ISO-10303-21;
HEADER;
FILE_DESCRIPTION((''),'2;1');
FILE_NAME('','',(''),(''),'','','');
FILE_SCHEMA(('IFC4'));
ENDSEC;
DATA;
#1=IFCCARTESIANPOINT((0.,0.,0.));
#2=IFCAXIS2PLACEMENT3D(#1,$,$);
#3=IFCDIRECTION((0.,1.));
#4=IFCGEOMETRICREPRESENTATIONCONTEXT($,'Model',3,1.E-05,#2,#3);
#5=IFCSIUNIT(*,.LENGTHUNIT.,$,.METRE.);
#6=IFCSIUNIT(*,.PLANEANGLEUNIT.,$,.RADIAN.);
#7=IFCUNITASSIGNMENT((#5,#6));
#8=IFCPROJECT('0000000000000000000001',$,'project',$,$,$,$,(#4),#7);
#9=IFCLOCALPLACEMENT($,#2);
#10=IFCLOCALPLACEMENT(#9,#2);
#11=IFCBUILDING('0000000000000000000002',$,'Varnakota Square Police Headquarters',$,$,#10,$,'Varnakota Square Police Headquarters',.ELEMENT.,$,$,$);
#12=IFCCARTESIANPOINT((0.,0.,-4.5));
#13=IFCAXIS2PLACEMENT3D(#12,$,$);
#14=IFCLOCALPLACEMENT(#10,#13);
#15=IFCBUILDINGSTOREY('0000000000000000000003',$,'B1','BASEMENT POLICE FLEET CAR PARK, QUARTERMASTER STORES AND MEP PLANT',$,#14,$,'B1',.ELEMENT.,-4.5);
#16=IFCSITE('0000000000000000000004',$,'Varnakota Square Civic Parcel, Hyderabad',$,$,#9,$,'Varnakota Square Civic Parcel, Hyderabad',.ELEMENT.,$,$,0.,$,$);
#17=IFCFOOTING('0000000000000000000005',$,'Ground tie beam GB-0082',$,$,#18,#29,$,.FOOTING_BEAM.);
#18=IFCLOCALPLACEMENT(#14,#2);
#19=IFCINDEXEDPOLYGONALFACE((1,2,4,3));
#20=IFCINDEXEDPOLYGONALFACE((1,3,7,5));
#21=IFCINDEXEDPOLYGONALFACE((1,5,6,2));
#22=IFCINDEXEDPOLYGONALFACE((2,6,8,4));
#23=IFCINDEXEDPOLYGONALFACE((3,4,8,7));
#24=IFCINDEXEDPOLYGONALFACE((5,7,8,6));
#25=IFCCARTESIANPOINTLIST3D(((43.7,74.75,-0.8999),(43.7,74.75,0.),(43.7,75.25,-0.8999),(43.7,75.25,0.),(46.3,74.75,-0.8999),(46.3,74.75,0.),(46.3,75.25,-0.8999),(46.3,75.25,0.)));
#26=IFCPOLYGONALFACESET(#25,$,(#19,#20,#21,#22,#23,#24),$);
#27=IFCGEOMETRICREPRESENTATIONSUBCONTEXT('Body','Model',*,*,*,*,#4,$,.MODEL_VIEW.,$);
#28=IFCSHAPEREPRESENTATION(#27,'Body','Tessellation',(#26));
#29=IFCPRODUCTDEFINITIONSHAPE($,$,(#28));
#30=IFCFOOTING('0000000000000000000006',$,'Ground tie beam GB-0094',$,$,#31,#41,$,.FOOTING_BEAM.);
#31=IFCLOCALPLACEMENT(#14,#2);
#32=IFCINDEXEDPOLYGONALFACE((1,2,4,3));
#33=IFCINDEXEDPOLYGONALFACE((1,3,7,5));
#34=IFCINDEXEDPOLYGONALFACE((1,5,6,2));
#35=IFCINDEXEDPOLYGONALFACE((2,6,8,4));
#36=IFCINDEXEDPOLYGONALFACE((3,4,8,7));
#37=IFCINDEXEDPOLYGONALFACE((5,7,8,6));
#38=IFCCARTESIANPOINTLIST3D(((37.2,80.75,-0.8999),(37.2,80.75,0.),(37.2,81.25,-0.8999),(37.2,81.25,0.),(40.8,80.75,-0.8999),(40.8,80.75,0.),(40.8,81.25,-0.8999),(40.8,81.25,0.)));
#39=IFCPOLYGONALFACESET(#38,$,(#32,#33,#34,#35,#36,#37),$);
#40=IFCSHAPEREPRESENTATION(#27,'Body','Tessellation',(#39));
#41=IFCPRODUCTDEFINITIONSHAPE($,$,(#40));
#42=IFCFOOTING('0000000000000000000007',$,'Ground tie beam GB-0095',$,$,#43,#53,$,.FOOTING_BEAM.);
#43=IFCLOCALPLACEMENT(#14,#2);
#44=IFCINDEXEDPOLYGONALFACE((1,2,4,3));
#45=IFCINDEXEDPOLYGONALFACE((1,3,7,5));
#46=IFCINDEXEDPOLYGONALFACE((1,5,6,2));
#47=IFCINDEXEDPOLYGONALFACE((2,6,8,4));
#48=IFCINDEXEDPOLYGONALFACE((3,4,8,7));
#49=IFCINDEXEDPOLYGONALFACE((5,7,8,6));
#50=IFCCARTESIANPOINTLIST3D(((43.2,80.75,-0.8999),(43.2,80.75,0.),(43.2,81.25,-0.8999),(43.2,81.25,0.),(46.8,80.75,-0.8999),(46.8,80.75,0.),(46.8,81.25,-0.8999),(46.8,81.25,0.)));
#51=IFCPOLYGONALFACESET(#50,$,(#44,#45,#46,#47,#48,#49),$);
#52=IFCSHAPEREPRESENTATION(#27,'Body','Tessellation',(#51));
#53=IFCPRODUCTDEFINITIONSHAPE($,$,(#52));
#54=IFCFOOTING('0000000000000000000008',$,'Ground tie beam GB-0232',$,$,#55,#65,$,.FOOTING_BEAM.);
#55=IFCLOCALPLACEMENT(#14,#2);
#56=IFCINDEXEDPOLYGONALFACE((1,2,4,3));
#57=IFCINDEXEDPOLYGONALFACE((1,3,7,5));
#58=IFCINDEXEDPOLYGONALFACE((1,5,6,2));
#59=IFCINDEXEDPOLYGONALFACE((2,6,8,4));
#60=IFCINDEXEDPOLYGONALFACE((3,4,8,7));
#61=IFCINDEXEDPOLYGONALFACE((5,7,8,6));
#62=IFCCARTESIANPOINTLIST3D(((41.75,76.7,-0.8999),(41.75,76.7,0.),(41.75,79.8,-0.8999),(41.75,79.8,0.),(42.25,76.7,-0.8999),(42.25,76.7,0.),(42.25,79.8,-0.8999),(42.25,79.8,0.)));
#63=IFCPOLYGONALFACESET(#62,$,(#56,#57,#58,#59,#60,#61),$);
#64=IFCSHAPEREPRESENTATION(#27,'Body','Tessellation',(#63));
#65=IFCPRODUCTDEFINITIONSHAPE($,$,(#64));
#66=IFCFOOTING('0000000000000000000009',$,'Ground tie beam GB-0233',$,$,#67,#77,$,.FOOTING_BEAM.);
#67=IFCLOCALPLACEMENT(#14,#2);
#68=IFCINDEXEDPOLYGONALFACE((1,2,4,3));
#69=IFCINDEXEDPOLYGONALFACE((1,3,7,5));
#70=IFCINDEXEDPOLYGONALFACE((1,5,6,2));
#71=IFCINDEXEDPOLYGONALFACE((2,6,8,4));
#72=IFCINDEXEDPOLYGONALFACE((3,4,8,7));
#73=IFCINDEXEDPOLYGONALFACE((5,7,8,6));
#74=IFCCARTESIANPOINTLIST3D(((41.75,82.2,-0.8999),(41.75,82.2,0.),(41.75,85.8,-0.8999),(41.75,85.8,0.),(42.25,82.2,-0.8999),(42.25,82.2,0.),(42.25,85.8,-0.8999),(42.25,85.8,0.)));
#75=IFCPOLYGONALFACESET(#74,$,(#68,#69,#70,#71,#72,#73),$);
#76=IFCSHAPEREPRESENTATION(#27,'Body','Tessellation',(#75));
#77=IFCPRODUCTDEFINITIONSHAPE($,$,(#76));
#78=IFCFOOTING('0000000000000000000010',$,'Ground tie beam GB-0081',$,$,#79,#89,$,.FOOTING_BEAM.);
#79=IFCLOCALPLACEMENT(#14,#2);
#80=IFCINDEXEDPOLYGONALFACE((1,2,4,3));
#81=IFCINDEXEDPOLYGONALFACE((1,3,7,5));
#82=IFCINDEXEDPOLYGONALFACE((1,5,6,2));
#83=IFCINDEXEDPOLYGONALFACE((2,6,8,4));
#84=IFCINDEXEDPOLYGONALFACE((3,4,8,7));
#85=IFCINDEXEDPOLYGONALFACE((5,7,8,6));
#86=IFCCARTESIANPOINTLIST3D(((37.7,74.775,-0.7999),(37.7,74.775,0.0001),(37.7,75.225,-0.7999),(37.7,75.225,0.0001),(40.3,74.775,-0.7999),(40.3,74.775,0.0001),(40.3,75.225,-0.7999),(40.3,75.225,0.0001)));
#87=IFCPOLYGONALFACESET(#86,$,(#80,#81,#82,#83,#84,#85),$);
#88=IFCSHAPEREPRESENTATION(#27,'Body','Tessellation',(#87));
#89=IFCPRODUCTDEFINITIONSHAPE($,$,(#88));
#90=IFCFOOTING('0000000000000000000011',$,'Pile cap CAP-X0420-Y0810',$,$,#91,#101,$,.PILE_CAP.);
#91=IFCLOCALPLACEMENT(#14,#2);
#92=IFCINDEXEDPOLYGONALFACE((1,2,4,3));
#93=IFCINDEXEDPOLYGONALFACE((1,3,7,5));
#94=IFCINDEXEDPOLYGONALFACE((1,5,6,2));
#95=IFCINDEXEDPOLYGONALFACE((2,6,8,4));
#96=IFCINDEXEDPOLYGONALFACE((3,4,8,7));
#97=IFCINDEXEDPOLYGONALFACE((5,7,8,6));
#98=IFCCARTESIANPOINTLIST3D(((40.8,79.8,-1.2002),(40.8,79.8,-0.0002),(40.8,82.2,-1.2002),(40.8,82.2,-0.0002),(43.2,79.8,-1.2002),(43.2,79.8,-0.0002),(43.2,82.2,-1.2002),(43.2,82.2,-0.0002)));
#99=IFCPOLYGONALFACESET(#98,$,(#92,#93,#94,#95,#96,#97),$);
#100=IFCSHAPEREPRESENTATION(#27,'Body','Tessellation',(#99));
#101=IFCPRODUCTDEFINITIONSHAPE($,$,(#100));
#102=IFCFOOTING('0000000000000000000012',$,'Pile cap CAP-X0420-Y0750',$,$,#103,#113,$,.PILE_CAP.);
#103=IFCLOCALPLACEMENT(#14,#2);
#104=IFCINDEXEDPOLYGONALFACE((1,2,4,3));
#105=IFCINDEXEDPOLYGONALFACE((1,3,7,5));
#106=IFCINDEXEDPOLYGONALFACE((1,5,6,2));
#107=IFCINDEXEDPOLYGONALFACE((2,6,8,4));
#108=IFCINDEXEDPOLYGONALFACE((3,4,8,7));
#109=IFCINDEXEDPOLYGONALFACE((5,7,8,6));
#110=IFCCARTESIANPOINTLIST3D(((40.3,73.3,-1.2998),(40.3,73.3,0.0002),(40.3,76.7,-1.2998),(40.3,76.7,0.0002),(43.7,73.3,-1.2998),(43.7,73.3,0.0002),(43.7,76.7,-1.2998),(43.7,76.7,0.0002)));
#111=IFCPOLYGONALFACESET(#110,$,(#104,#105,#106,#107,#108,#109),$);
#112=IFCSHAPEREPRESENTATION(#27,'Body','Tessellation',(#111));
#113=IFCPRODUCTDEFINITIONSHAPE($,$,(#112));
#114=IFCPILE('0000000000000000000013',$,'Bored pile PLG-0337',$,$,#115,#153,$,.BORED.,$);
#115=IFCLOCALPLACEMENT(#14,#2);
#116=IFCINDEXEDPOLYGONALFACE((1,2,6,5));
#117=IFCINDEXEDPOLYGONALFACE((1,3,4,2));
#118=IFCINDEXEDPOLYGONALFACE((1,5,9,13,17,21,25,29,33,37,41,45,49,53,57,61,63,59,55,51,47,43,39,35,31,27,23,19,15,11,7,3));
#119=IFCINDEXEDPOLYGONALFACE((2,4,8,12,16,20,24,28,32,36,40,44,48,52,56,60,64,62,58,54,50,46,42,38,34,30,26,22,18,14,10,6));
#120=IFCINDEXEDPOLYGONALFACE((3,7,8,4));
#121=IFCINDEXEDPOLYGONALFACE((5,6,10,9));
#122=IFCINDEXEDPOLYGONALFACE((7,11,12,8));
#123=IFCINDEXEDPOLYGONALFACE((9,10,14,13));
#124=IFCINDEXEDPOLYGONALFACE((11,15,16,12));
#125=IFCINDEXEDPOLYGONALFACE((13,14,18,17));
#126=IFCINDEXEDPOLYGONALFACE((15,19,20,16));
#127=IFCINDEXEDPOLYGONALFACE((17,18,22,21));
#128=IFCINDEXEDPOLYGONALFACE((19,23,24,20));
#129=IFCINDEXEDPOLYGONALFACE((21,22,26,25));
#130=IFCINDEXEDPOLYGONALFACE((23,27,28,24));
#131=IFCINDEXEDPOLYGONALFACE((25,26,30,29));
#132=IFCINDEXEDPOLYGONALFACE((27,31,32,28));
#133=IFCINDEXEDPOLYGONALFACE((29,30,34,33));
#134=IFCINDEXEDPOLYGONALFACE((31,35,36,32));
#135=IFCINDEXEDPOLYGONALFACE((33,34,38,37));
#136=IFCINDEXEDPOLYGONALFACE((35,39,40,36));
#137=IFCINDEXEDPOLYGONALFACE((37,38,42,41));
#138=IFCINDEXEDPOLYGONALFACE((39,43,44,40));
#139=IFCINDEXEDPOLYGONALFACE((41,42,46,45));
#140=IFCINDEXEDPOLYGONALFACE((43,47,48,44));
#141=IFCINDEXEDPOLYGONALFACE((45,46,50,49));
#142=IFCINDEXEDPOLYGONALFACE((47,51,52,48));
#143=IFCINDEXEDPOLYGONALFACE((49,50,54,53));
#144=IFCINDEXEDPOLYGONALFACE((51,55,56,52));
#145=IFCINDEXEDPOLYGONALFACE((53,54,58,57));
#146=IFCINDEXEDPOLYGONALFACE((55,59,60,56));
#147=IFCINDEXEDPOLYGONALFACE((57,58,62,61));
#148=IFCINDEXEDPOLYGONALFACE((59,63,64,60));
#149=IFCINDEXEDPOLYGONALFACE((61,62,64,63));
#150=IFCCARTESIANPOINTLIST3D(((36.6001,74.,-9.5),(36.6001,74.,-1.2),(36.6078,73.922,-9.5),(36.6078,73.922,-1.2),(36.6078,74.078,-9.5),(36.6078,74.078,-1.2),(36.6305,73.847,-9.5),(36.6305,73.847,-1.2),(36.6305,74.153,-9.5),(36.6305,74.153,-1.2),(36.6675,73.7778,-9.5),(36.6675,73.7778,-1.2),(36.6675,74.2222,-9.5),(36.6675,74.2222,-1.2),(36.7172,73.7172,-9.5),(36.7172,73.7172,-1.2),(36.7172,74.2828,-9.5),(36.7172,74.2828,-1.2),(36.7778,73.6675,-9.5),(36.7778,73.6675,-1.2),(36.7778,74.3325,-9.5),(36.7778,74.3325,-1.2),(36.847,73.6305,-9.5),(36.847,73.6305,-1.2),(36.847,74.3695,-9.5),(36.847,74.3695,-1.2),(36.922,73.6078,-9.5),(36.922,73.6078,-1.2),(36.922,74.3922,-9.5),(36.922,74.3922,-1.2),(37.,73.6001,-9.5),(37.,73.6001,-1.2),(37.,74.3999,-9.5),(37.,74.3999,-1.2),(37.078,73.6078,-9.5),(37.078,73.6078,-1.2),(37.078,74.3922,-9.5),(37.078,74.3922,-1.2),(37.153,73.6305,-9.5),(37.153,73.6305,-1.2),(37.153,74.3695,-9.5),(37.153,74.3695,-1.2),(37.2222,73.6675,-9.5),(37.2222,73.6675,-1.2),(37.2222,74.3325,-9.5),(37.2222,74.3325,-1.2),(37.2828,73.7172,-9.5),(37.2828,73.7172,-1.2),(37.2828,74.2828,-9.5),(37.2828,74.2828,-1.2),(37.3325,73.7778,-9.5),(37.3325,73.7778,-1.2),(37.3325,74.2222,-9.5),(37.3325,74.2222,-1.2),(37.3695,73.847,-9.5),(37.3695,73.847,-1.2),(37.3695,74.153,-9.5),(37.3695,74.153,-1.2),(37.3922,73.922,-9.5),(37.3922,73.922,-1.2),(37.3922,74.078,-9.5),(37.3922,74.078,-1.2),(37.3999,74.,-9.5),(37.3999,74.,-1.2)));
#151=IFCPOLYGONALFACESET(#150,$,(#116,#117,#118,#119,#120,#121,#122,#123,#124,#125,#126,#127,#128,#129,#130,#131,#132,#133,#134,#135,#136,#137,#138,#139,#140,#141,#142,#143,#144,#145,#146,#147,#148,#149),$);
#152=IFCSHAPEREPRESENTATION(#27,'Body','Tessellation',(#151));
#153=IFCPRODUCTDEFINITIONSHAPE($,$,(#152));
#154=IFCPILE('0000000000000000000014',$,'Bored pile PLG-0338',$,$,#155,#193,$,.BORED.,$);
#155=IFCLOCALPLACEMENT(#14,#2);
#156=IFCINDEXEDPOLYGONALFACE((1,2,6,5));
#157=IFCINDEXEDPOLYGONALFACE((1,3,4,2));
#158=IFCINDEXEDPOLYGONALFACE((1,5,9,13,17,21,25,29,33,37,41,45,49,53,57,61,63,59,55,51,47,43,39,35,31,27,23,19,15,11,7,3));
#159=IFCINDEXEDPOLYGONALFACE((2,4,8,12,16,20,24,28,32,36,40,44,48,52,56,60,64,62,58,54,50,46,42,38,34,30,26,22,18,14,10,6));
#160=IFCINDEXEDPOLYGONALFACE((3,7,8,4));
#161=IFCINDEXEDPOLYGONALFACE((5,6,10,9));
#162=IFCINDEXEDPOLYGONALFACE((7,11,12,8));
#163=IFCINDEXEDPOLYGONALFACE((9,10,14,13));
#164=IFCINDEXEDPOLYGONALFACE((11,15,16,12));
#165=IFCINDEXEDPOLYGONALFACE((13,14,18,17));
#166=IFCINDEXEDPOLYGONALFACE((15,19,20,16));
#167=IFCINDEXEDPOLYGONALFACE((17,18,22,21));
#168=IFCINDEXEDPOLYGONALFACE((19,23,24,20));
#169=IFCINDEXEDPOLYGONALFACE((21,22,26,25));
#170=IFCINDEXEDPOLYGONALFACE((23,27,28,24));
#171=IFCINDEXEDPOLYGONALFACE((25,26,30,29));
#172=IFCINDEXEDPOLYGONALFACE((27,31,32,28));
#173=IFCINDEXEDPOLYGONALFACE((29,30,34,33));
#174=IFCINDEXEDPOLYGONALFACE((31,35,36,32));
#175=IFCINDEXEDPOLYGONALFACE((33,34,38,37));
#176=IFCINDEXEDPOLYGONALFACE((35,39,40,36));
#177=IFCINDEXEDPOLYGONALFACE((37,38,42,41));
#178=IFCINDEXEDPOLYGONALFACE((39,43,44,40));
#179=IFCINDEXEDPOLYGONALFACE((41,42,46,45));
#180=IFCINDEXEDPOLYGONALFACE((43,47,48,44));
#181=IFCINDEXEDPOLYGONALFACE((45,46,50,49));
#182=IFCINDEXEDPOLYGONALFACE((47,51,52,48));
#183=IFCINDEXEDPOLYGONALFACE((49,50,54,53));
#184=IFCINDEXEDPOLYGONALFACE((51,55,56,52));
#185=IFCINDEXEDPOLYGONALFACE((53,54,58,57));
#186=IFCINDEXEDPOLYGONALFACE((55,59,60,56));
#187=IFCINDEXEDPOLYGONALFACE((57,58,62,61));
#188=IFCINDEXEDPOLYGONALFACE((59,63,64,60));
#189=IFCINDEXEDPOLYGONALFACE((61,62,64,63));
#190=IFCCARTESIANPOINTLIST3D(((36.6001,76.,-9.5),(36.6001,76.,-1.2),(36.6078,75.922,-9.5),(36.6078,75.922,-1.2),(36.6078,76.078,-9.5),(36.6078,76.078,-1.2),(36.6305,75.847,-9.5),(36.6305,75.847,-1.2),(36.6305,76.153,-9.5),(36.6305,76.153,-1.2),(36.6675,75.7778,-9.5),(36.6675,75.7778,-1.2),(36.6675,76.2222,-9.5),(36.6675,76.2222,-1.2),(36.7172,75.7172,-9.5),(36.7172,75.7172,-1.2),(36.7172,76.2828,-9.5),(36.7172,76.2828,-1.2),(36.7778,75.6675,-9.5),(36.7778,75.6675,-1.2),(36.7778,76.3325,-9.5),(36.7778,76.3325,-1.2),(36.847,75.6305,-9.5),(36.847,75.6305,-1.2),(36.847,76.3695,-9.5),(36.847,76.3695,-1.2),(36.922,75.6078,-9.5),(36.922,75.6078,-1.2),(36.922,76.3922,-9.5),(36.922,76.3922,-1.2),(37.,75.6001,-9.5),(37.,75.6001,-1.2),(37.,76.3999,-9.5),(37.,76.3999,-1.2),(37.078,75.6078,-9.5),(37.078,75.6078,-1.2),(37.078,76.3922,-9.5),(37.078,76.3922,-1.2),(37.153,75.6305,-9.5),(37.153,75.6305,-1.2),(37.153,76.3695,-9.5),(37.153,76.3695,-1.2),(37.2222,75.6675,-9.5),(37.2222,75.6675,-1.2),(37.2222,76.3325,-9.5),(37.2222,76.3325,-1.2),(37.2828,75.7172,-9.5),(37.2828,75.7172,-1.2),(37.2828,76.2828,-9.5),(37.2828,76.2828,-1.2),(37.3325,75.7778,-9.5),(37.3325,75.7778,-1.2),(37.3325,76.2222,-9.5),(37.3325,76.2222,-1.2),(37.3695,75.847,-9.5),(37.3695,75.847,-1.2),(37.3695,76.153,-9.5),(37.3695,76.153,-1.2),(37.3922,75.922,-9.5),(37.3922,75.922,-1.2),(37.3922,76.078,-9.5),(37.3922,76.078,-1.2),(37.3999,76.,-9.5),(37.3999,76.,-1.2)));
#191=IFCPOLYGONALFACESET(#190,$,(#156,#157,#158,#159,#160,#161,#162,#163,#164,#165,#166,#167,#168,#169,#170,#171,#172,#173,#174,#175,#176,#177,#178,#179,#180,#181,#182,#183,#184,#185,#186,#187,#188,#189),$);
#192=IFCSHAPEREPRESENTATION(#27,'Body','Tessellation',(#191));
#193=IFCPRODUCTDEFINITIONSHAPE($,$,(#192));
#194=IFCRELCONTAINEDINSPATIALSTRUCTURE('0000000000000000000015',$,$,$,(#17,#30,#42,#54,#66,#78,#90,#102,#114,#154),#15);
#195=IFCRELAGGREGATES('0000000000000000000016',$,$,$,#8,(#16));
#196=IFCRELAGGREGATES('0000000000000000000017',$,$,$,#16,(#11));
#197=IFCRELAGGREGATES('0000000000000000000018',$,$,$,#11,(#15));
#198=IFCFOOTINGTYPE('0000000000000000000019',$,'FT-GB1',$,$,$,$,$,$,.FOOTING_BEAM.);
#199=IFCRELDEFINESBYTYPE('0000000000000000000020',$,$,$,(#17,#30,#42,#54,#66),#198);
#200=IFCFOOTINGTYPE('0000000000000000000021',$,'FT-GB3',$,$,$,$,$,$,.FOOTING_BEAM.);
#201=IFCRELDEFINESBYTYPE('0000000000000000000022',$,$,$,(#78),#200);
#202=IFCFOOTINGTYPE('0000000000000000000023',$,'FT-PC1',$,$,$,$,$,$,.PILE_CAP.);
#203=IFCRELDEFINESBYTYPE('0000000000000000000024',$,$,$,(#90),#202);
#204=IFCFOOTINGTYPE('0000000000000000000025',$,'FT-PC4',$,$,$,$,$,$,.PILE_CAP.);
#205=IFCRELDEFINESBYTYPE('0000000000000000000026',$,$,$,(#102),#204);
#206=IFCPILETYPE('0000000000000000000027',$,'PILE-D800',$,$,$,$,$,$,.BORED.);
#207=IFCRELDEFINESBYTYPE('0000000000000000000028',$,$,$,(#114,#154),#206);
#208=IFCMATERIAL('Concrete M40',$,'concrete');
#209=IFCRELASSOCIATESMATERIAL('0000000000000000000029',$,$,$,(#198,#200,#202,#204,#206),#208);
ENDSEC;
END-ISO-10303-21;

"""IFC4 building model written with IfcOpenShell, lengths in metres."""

from ifc_helpers import new_model, si_unit, direction, frame, origin, origin_2d, place, context, subcontext, project, spatial, rectangle, circle, extrude, material, material_profile, profile_set, type_object, element, save


model = new_model("IFC4")

# Units and contexts
model_context = context("Model", 3, precision=1e-05, world=origin(), true_north=direction((0.0, 1.0)))
body_context = subcontext(model_context, "Body", "Model", "MODEL_VIEW")
ifc_project = project(units=[si_unit("LENGTHUNIT", "METRE"), si_unit("PLANEANGLEUNIT", "RADIAN")], contexts=[model_context])

# Site, building, storey
site_placement = place(None, origin())
site = spatial("IfcSite", under=ifc_project, at=site_placement, Name="Varnakota Square Civic Parcel, Hyderabad", LongName="Varnakota Square Civic Parcel, Hyderabad", CompositionType="ELEMENT", RefElevation=0.0)
building_placement = place(site_placement, origin())
building = spatial("IfcBuilding", under=site, at=building_placement, Name="Varnakota Square Police Headquarters", LongName="Varnakota Square Police Headquarters", CompositionType="ELEMENT")
storey_placement = place(building_placement, frame((0.0, 0.0, -4.5)))
storey = spatial("IfcBuildingStorey", under=building, at=storey_placement, Name="B1", Description="BASEMENT POLICE FLEET CAR PARK, QUARTERMASTER STORES AND MEP PLANT", LongName="B1", CompositionType="ELEMENT", Elevation=-4.5)

# Footings
ifc_material_1 = material(Name="Concrete M40", Category="concrete")
ifc_material_profile_1 = material_profile(ifc_material_1, rectangle(XDim=0.5, YDim=0.8999, at=origin_2d()), Name="GB 500x900")
ifc_profile_set_1 = profile_set([ifc_material_profile_1], Name="Concrete M40")
footing_type_1 = type_object("IfcFootingType", Name="FT-GB1", PredefinedType="FOOTING_BEAM", material=ifc_profile_set_1)
footing_1_placement = place(storey_placement, frame((43.7, 75.0, -0.45), z_axis=(1.0, 0.0, 0.0), x_axis=(0.0, 1.0, 0.0)))
element("IfcFooting", 1, at=footing_1_placement, inside=storey, type_object=footing_type_1, Name="Ground tie beam GB-0082", PredefinedType="FOOTING_BEAM", context=body_context, shape_type="SweptSolid", body=[
    extrude(rectangle(XDim=0.5, YDim=0.8999, at=origin_2d()), origin(), (0.0, 0.0, 1.0), 2.6001),
])
for number, where, z_axis, x_axis, name in (
    (2, (37.2, 81.0, -0.45), (1.0, 0.0, 0.0), (0.0, 1.0, 0.0), "Ground tie beam GB-0094"),
    (3, (43.2, 81.0, -0.45), (1.0, 0.0, 0.0), (0.0, 1.0, 0.0), "Ground tie beam GB-0095"),
):
    element("IfcFooting", number, at=place(storey_placement, frame(where, z_axis=z_axis, x_axis=x_axis)), inside=storey, type_object=footing_type_1, Name=name, PredefinedType="FOOTING_BEAM", context=body_context, shape_type="SweptSolid", body=[
        extrude(rectangle(XDim=0.5, YDim=0.8999, at=origin_2d()), origin(), (0.0, 0.0, 1.0), 3.6001),
    ])
footing_2_placement = place(storey_placement, frame((42.0, 76.7, -0.45), z_axis=(0.0, 1.0, 0.0), x_axis=(-1.0, 0.0, 0.0)))
element("IfcFooting", 4, at=footing_2_placement, inside=storey, type_object=footing_type_1, Name="Ground tie beam GB-0232", PredefinedType="FOOTING_BEAM", context=body_context, shape_type="SweptSolid", body=[
    extrude(rectangle(XDim=0.5, YDim=0.8999, at=origin_2d()), origin(), (0.0, 0.0, 1.0), 3.1001),
])
footing_3_placement = place(storey_placement, frame((42.0, 82.2, -0.45), z_axis=(0.0, 1.0, 0.0), x_axis=(-1.0, 0.0, 0.0)))
element("IfcFooting", 5, at=footing_3_placement, inside=storey, type_object=footing_type_1, Name="Ground tie beam GB-0233", PredefinedType="FOOTING_BEAM", context=body_context, shape_type="SweptSolid", body=[
    extrude(rectangle(XDim=0.5, YDim=0.8999, at=origin_2d()), origin(), (0.0, 0.0, 1.0), 3.6001),
])
ifc_material_profile_2 = material_profile(ifc_material_1, rectangle(XDim=0.45, YDim=0.8, at=origin_2d()), Name="GB 450x800")
ifc_profile_set_2 = profile_set([ifc_material_profile_2], Name="Concrete M40")
footing_type_2 = type_object("IfcFootingType", Name="FT-GB3", PredefinedType="FOOTING_BEAM", material=ifc_profile_set_2)
footing_4_placement = place(storey_placement, frame((37.7, 75.0, -0.3999), z_axis=(1.0, 0.0, 0.0), x_axis=(0.0, 1.0, 0.0)))
element("IfcFooting", 6, at=footing_4_placement, inside=storey, type_object=footing_type_2, Name="Ground tie beam GB-0081", PredefinedType="FOOTING_BEAM", context=body_context, shape_type="SweptSolid", body=[
    extrude(rectangle(XDim=0.45, YDim=0.8, at=origin_2d()), origin(), (0.0, 0.0, 1.0), 2.6001),
])
footing_type_3 = type_object("IfcFootingType", Name="FT-PC1", PredefinedType="PILE_CAP", material=ifc_material_1)
footing_5_placement = place(storey_placement, frame((42.0, 81.0, -1.2002), z_axis=(0.0, 0.0, 1.0), x_axis=(1.0, 0.0, 0.0)))
element("IfcFooting", 7, at=footing_5_placement, inside=storey, type_object=footing_type_3, Name="Pile cap CAP-X0420-Y0810", PredefinedType="PILE_CAP", context=body_context, shape_type="SweptSolid", body=[
    extrude(rectangle(XDim=2.3999, YDim=2.3999, at=origin_2d()), origin(), (0.0, 0.0, 1.0), 1.2),
])
footing_type_4 = type_object("IfcFootingType", Name="FT-PC4", PredefinedType="PILE_CAP", material=ifc_material_1)
footing_6_placement = place(storey_placement, frame((42.0, 75.0, -1.2998), z_axis=(0.0, 0.0, 1.0), x_axis=(1.0, 0.0, 0.0)))
element("IfcFooting", 8, at=footing_6_placement, inside=storey, type_object=footing_type_4, Name="Pile cap CAP-X0420-Y0750", PredefinedType="PILE_CAP", context=body_context, shape_type="SweptSolid", body=[
    extrude(rectangle(XDim=3.3999, YDim=3.3999, at=origin_2d()), origin(), (0.0, 0.0, 1.0), 1.3),
])

# Piles
ifc_material_profile_3 = material_profile(ifc_material_1, circle(Radius=0.3999, at=origin_2d()), Name="BORED PILE 800")
ifc_profile_set_3 = profile_set([ifc_material_profile_3], Name="Concrete M40")
pile_type = type_object("IfcPileType", Name="PILE-D800", PredefinedType="BORED", material=ifc_profile_set_3)
for number, where, z_axis, x_axis, name in (
    (9, (37.0, 74.0, -1.2), (0.0, 0.0, -1.0), (1.0, 0.0, 0.0), "Bored pile PLG-0337"),
    (10, (37.0, 76.0, -1.2), (0.0, 0.0, -1.0), (1.0, 0.0, 0.0), "Bored pile PLG-0338"),
):
    element("IfcPile", number, at=place(storey_placement, frame(where, z_axis=z_axis, x_axis=x_axis)), inside=storey, type_object=pile_type, Name=name, PredefinedType="BORED", context=body_context, shape_type="SweptSolid", body=[
        extrude(circle(Radius=0.3999, at=origin_2d()), origin(), (0.0, 0.0, 1.0), 8.3),
    ])

save(model, "model.ifc")
